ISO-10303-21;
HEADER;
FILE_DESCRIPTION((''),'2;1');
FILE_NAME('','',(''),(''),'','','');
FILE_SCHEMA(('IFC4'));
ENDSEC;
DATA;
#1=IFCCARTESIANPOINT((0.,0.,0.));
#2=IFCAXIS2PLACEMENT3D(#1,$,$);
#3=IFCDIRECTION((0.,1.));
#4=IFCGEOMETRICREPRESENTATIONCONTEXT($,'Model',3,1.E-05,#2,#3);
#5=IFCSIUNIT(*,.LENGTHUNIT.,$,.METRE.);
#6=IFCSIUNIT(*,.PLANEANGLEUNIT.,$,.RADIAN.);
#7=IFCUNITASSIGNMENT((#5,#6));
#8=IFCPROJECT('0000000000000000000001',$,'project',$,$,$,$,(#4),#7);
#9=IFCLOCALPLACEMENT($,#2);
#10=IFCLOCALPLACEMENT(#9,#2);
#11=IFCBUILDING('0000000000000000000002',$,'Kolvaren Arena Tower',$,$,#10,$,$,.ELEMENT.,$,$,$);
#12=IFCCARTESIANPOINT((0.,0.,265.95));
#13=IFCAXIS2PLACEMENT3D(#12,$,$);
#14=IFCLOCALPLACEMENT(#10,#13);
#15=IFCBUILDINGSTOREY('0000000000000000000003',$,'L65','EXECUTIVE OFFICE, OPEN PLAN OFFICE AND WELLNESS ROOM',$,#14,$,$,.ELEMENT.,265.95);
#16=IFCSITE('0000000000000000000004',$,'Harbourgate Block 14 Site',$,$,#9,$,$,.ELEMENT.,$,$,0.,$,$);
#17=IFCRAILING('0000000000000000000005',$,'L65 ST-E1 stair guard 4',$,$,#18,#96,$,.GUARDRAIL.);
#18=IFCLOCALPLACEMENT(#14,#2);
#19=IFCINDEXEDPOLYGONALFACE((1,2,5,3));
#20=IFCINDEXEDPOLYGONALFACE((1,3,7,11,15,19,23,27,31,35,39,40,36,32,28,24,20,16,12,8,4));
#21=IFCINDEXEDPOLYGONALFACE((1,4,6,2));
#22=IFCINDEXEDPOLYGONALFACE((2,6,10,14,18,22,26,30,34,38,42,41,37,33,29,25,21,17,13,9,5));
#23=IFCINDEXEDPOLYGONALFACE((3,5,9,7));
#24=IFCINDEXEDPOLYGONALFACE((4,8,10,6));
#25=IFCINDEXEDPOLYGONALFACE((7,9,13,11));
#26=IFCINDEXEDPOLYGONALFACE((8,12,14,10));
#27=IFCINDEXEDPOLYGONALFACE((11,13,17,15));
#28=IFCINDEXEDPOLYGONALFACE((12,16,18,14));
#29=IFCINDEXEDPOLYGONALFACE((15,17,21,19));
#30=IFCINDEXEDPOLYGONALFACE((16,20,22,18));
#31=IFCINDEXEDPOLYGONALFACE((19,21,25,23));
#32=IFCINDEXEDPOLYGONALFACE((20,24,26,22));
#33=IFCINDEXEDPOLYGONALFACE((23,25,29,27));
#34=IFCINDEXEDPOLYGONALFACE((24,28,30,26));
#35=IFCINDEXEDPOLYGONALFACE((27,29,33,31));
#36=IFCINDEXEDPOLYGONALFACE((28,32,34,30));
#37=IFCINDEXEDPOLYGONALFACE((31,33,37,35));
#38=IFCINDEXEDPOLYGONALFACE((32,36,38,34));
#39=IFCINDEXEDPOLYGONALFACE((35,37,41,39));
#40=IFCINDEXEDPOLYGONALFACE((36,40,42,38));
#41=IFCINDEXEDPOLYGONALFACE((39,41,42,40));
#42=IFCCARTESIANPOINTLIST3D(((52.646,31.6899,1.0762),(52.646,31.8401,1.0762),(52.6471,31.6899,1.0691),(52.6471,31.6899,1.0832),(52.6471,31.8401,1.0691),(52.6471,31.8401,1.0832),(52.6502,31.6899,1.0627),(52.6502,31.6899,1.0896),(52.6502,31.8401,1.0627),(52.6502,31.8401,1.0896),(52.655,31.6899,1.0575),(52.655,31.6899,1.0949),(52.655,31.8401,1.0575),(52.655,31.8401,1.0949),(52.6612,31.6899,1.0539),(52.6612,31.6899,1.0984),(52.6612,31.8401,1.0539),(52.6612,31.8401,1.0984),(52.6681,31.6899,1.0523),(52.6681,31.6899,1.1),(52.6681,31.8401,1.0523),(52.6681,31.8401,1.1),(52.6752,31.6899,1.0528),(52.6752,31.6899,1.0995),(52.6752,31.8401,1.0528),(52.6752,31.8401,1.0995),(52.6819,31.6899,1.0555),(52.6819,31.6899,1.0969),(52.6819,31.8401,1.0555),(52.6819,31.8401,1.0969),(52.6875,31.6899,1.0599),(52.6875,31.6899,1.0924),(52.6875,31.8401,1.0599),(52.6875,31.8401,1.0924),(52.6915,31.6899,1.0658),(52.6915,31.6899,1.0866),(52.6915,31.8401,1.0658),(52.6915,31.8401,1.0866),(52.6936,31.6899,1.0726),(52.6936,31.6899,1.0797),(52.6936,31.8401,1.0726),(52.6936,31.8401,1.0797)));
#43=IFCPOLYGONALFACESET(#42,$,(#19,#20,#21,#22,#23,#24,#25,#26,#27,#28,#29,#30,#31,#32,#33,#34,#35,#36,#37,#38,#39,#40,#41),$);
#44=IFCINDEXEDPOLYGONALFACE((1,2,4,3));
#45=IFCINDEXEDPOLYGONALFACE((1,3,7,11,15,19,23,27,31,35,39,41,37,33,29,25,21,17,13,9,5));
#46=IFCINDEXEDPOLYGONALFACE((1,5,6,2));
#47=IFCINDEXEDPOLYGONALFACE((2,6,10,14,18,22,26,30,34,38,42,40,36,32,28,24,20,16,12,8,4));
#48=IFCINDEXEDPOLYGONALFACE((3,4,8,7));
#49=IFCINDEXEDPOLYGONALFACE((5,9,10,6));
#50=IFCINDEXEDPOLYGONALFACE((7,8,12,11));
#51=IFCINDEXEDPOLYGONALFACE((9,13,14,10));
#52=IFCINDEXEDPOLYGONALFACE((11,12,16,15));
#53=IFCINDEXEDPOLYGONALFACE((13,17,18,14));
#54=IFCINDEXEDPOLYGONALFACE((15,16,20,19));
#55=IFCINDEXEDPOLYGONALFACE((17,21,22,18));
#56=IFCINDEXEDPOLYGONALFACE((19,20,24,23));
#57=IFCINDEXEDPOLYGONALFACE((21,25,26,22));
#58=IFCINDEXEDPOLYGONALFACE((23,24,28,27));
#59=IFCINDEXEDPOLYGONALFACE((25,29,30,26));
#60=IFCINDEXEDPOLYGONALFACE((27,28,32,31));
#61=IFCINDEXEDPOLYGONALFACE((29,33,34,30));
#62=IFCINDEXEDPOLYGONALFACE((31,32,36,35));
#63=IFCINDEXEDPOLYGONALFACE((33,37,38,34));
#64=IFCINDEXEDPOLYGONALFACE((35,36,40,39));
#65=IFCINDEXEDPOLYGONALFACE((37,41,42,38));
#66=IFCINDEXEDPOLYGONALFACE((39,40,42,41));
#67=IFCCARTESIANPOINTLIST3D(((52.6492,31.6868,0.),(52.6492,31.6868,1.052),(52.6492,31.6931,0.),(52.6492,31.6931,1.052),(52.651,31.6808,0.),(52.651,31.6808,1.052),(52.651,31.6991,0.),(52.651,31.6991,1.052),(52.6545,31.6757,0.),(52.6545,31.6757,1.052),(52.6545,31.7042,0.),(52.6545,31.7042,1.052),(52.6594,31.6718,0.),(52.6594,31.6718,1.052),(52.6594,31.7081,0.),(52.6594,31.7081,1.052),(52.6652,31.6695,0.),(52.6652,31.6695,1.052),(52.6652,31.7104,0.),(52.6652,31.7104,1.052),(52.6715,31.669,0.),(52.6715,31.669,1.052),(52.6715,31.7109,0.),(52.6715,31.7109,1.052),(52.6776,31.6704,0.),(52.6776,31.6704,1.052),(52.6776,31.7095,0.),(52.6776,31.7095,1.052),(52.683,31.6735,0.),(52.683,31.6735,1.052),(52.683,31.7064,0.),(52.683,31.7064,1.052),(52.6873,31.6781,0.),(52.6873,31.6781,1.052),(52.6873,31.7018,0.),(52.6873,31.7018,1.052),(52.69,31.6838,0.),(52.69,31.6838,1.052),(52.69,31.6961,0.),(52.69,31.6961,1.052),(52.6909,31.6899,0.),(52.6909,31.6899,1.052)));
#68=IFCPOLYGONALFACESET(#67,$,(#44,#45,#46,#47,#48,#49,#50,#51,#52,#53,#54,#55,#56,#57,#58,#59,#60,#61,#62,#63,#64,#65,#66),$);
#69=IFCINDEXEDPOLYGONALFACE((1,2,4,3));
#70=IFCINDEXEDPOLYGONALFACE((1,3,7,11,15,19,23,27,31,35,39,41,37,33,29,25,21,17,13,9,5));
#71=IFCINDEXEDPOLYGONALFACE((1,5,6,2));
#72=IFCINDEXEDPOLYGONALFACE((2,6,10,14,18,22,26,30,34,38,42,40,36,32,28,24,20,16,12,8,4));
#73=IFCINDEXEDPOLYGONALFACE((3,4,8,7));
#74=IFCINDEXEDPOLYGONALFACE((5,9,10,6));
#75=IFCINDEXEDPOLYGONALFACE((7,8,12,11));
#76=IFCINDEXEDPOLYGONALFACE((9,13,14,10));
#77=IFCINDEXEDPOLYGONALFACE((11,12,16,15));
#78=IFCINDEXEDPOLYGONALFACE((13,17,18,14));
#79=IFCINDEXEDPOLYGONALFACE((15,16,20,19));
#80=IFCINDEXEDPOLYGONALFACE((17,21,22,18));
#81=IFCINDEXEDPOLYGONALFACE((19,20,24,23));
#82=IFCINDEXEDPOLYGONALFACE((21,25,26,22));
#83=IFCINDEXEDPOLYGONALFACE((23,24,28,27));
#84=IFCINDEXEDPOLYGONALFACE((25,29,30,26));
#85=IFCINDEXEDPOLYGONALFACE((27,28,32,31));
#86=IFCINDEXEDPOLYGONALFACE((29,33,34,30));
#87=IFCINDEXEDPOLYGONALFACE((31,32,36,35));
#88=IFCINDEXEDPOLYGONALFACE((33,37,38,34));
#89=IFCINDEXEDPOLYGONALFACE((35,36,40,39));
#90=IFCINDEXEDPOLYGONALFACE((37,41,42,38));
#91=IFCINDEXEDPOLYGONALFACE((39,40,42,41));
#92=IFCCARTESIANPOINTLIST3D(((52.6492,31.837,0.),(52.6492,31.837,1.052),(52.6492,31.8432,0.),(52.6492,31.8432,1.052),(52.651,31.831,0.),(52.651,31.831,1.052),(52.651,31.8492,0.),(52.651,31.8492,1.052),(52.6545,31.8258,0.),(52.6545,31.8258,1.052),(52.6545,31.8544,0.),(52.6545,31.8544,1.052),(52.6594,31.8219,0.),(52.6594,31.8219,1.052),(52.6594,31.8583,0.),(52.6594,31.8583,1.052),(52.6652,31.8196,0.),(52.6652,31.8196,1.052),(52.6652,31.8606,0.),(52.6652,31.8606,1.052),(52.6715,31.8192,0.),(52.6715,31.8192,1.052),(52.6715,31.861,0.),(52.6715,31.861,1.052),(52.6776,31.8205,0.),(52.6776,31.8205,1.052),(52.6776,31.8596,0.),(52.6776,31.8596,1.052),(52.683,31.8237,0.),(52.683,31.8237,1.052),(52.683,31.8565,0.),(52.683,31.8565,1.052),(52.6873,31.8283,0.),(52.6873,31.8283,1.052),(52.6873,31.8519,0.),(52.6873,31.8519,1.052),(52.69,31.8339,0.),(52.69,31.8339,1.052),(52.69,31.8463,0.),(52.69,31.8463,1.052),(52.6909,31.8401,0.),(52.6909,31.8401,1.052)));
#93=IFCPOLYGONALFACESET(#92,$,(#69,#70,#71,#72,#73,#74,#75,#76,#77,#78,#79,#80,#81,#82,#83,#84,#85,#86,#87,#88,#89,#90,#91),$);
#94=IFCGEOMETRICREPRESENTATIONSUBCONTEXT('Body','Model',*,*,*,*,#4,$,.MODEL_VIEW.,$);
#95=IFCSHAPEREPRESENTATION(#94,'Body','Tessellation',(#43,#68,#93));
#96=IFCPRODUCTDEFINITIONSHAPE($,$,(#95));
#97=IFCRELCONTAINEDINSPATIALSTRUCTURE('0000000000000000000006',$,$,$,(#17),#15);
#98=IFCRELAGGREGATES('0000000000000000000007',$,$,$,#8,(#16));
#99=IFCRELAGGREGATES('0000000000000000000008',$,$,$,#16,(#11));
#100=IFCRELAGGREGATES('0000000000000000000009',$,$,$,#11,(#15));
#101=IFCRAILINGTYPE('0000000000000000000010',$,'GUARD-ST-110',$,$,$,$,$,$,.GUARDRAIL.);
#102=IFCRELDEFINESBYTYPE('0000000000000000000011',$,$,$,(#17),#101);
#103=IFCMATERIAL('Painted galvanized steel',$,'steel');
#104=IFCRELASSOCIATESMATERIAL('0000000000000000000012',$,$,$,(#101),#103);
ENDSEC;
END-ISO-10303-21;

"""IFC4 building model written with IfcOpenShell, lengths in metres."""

from ifc_helpers import new_model, si_unit, direction, frame, origin, origin_2d, place, context, subcontext, project, spatial, circle, extrude, material, type_object, element, save


model = new_model("IFC4")

# Units and contexts
model_context = context("Model", 3, precision=1e-05, world=origin(), true_north=direction((0.0, 1.0)))
body_context = subcontext(model_context, "Body", "Model", "MODEL_VIEW")
ifc_project = project(units=[si_unit("LENGTHUNIT", "METRE"), si_unit("PLANEANGLEUNIT", "RADIAN")], contexts=[model_context])

# Site, building, storey
site_placement = place(None, origin())
site = spatial("IfcSite", under=ifc_project, at=site_placement, Name="Harbourgate Block 14 Site", CompositionType="ELEMENT", RefElevation=0.0)
building_placement = place(site_placement, origin())
building = spatial("IfcBuilding", under=site, at=building_placement, Name="Kolvaren Arena Tower", CompositionType="ELEMENT")
storey_placement = place(building_placement, frame((0.0, 0.0, 265.95)))
storey = spatial("IfcBuildingStorey", under=building, at=storey_placement, Name="L65", Description="EXECUTIVE OFFICE, OPEN PLAN OFFICE AND WELLNESS ROOM", CompositionType="ELEMENT", Elevation=265.95)

# Railing
ifc_material_1 = material(Name="Painted galvanized steel", Category="steel")
railing_type_1 = type_object("IfcRailingType", Name="GUARD-ST-110", PredefinedType="GUARDRAIL", material=ifc_material_1)
railing_1_placement = place(storey_placement, frame((52.6699, 31.6899, 0.0)))
element("IfcRailing", 1, at=railing_1_placement, inside=storey, type_object=railing_type_1, Name="L65 ST-E1 stair guard 4", PredefinedType="GUARDRAIL", context=body_context, shape_type="SweptSolid", body=[
    extrude(circle(Radius=0.0239, at=origin_2d()), frame((0.0, 0.0, 1.0762), z_axis=(0.0, 1.0, 0.0), x_axis=(-1.0, 0.0, 0.0)), (0.0, 0.0, 1.0), 0.1501),
    extrude(circle(Radius=0.021, at=origin_2d()), origin(), (0.0, 0.0, 1.0), 1.052),
    extrude(circle(Radius=0.021, at=origin_2d()), frame((0.0, 0.1501, 0.0)), (0.0, 0.0, 1.0), 1.052),
])

save(model, "model.ifc")
